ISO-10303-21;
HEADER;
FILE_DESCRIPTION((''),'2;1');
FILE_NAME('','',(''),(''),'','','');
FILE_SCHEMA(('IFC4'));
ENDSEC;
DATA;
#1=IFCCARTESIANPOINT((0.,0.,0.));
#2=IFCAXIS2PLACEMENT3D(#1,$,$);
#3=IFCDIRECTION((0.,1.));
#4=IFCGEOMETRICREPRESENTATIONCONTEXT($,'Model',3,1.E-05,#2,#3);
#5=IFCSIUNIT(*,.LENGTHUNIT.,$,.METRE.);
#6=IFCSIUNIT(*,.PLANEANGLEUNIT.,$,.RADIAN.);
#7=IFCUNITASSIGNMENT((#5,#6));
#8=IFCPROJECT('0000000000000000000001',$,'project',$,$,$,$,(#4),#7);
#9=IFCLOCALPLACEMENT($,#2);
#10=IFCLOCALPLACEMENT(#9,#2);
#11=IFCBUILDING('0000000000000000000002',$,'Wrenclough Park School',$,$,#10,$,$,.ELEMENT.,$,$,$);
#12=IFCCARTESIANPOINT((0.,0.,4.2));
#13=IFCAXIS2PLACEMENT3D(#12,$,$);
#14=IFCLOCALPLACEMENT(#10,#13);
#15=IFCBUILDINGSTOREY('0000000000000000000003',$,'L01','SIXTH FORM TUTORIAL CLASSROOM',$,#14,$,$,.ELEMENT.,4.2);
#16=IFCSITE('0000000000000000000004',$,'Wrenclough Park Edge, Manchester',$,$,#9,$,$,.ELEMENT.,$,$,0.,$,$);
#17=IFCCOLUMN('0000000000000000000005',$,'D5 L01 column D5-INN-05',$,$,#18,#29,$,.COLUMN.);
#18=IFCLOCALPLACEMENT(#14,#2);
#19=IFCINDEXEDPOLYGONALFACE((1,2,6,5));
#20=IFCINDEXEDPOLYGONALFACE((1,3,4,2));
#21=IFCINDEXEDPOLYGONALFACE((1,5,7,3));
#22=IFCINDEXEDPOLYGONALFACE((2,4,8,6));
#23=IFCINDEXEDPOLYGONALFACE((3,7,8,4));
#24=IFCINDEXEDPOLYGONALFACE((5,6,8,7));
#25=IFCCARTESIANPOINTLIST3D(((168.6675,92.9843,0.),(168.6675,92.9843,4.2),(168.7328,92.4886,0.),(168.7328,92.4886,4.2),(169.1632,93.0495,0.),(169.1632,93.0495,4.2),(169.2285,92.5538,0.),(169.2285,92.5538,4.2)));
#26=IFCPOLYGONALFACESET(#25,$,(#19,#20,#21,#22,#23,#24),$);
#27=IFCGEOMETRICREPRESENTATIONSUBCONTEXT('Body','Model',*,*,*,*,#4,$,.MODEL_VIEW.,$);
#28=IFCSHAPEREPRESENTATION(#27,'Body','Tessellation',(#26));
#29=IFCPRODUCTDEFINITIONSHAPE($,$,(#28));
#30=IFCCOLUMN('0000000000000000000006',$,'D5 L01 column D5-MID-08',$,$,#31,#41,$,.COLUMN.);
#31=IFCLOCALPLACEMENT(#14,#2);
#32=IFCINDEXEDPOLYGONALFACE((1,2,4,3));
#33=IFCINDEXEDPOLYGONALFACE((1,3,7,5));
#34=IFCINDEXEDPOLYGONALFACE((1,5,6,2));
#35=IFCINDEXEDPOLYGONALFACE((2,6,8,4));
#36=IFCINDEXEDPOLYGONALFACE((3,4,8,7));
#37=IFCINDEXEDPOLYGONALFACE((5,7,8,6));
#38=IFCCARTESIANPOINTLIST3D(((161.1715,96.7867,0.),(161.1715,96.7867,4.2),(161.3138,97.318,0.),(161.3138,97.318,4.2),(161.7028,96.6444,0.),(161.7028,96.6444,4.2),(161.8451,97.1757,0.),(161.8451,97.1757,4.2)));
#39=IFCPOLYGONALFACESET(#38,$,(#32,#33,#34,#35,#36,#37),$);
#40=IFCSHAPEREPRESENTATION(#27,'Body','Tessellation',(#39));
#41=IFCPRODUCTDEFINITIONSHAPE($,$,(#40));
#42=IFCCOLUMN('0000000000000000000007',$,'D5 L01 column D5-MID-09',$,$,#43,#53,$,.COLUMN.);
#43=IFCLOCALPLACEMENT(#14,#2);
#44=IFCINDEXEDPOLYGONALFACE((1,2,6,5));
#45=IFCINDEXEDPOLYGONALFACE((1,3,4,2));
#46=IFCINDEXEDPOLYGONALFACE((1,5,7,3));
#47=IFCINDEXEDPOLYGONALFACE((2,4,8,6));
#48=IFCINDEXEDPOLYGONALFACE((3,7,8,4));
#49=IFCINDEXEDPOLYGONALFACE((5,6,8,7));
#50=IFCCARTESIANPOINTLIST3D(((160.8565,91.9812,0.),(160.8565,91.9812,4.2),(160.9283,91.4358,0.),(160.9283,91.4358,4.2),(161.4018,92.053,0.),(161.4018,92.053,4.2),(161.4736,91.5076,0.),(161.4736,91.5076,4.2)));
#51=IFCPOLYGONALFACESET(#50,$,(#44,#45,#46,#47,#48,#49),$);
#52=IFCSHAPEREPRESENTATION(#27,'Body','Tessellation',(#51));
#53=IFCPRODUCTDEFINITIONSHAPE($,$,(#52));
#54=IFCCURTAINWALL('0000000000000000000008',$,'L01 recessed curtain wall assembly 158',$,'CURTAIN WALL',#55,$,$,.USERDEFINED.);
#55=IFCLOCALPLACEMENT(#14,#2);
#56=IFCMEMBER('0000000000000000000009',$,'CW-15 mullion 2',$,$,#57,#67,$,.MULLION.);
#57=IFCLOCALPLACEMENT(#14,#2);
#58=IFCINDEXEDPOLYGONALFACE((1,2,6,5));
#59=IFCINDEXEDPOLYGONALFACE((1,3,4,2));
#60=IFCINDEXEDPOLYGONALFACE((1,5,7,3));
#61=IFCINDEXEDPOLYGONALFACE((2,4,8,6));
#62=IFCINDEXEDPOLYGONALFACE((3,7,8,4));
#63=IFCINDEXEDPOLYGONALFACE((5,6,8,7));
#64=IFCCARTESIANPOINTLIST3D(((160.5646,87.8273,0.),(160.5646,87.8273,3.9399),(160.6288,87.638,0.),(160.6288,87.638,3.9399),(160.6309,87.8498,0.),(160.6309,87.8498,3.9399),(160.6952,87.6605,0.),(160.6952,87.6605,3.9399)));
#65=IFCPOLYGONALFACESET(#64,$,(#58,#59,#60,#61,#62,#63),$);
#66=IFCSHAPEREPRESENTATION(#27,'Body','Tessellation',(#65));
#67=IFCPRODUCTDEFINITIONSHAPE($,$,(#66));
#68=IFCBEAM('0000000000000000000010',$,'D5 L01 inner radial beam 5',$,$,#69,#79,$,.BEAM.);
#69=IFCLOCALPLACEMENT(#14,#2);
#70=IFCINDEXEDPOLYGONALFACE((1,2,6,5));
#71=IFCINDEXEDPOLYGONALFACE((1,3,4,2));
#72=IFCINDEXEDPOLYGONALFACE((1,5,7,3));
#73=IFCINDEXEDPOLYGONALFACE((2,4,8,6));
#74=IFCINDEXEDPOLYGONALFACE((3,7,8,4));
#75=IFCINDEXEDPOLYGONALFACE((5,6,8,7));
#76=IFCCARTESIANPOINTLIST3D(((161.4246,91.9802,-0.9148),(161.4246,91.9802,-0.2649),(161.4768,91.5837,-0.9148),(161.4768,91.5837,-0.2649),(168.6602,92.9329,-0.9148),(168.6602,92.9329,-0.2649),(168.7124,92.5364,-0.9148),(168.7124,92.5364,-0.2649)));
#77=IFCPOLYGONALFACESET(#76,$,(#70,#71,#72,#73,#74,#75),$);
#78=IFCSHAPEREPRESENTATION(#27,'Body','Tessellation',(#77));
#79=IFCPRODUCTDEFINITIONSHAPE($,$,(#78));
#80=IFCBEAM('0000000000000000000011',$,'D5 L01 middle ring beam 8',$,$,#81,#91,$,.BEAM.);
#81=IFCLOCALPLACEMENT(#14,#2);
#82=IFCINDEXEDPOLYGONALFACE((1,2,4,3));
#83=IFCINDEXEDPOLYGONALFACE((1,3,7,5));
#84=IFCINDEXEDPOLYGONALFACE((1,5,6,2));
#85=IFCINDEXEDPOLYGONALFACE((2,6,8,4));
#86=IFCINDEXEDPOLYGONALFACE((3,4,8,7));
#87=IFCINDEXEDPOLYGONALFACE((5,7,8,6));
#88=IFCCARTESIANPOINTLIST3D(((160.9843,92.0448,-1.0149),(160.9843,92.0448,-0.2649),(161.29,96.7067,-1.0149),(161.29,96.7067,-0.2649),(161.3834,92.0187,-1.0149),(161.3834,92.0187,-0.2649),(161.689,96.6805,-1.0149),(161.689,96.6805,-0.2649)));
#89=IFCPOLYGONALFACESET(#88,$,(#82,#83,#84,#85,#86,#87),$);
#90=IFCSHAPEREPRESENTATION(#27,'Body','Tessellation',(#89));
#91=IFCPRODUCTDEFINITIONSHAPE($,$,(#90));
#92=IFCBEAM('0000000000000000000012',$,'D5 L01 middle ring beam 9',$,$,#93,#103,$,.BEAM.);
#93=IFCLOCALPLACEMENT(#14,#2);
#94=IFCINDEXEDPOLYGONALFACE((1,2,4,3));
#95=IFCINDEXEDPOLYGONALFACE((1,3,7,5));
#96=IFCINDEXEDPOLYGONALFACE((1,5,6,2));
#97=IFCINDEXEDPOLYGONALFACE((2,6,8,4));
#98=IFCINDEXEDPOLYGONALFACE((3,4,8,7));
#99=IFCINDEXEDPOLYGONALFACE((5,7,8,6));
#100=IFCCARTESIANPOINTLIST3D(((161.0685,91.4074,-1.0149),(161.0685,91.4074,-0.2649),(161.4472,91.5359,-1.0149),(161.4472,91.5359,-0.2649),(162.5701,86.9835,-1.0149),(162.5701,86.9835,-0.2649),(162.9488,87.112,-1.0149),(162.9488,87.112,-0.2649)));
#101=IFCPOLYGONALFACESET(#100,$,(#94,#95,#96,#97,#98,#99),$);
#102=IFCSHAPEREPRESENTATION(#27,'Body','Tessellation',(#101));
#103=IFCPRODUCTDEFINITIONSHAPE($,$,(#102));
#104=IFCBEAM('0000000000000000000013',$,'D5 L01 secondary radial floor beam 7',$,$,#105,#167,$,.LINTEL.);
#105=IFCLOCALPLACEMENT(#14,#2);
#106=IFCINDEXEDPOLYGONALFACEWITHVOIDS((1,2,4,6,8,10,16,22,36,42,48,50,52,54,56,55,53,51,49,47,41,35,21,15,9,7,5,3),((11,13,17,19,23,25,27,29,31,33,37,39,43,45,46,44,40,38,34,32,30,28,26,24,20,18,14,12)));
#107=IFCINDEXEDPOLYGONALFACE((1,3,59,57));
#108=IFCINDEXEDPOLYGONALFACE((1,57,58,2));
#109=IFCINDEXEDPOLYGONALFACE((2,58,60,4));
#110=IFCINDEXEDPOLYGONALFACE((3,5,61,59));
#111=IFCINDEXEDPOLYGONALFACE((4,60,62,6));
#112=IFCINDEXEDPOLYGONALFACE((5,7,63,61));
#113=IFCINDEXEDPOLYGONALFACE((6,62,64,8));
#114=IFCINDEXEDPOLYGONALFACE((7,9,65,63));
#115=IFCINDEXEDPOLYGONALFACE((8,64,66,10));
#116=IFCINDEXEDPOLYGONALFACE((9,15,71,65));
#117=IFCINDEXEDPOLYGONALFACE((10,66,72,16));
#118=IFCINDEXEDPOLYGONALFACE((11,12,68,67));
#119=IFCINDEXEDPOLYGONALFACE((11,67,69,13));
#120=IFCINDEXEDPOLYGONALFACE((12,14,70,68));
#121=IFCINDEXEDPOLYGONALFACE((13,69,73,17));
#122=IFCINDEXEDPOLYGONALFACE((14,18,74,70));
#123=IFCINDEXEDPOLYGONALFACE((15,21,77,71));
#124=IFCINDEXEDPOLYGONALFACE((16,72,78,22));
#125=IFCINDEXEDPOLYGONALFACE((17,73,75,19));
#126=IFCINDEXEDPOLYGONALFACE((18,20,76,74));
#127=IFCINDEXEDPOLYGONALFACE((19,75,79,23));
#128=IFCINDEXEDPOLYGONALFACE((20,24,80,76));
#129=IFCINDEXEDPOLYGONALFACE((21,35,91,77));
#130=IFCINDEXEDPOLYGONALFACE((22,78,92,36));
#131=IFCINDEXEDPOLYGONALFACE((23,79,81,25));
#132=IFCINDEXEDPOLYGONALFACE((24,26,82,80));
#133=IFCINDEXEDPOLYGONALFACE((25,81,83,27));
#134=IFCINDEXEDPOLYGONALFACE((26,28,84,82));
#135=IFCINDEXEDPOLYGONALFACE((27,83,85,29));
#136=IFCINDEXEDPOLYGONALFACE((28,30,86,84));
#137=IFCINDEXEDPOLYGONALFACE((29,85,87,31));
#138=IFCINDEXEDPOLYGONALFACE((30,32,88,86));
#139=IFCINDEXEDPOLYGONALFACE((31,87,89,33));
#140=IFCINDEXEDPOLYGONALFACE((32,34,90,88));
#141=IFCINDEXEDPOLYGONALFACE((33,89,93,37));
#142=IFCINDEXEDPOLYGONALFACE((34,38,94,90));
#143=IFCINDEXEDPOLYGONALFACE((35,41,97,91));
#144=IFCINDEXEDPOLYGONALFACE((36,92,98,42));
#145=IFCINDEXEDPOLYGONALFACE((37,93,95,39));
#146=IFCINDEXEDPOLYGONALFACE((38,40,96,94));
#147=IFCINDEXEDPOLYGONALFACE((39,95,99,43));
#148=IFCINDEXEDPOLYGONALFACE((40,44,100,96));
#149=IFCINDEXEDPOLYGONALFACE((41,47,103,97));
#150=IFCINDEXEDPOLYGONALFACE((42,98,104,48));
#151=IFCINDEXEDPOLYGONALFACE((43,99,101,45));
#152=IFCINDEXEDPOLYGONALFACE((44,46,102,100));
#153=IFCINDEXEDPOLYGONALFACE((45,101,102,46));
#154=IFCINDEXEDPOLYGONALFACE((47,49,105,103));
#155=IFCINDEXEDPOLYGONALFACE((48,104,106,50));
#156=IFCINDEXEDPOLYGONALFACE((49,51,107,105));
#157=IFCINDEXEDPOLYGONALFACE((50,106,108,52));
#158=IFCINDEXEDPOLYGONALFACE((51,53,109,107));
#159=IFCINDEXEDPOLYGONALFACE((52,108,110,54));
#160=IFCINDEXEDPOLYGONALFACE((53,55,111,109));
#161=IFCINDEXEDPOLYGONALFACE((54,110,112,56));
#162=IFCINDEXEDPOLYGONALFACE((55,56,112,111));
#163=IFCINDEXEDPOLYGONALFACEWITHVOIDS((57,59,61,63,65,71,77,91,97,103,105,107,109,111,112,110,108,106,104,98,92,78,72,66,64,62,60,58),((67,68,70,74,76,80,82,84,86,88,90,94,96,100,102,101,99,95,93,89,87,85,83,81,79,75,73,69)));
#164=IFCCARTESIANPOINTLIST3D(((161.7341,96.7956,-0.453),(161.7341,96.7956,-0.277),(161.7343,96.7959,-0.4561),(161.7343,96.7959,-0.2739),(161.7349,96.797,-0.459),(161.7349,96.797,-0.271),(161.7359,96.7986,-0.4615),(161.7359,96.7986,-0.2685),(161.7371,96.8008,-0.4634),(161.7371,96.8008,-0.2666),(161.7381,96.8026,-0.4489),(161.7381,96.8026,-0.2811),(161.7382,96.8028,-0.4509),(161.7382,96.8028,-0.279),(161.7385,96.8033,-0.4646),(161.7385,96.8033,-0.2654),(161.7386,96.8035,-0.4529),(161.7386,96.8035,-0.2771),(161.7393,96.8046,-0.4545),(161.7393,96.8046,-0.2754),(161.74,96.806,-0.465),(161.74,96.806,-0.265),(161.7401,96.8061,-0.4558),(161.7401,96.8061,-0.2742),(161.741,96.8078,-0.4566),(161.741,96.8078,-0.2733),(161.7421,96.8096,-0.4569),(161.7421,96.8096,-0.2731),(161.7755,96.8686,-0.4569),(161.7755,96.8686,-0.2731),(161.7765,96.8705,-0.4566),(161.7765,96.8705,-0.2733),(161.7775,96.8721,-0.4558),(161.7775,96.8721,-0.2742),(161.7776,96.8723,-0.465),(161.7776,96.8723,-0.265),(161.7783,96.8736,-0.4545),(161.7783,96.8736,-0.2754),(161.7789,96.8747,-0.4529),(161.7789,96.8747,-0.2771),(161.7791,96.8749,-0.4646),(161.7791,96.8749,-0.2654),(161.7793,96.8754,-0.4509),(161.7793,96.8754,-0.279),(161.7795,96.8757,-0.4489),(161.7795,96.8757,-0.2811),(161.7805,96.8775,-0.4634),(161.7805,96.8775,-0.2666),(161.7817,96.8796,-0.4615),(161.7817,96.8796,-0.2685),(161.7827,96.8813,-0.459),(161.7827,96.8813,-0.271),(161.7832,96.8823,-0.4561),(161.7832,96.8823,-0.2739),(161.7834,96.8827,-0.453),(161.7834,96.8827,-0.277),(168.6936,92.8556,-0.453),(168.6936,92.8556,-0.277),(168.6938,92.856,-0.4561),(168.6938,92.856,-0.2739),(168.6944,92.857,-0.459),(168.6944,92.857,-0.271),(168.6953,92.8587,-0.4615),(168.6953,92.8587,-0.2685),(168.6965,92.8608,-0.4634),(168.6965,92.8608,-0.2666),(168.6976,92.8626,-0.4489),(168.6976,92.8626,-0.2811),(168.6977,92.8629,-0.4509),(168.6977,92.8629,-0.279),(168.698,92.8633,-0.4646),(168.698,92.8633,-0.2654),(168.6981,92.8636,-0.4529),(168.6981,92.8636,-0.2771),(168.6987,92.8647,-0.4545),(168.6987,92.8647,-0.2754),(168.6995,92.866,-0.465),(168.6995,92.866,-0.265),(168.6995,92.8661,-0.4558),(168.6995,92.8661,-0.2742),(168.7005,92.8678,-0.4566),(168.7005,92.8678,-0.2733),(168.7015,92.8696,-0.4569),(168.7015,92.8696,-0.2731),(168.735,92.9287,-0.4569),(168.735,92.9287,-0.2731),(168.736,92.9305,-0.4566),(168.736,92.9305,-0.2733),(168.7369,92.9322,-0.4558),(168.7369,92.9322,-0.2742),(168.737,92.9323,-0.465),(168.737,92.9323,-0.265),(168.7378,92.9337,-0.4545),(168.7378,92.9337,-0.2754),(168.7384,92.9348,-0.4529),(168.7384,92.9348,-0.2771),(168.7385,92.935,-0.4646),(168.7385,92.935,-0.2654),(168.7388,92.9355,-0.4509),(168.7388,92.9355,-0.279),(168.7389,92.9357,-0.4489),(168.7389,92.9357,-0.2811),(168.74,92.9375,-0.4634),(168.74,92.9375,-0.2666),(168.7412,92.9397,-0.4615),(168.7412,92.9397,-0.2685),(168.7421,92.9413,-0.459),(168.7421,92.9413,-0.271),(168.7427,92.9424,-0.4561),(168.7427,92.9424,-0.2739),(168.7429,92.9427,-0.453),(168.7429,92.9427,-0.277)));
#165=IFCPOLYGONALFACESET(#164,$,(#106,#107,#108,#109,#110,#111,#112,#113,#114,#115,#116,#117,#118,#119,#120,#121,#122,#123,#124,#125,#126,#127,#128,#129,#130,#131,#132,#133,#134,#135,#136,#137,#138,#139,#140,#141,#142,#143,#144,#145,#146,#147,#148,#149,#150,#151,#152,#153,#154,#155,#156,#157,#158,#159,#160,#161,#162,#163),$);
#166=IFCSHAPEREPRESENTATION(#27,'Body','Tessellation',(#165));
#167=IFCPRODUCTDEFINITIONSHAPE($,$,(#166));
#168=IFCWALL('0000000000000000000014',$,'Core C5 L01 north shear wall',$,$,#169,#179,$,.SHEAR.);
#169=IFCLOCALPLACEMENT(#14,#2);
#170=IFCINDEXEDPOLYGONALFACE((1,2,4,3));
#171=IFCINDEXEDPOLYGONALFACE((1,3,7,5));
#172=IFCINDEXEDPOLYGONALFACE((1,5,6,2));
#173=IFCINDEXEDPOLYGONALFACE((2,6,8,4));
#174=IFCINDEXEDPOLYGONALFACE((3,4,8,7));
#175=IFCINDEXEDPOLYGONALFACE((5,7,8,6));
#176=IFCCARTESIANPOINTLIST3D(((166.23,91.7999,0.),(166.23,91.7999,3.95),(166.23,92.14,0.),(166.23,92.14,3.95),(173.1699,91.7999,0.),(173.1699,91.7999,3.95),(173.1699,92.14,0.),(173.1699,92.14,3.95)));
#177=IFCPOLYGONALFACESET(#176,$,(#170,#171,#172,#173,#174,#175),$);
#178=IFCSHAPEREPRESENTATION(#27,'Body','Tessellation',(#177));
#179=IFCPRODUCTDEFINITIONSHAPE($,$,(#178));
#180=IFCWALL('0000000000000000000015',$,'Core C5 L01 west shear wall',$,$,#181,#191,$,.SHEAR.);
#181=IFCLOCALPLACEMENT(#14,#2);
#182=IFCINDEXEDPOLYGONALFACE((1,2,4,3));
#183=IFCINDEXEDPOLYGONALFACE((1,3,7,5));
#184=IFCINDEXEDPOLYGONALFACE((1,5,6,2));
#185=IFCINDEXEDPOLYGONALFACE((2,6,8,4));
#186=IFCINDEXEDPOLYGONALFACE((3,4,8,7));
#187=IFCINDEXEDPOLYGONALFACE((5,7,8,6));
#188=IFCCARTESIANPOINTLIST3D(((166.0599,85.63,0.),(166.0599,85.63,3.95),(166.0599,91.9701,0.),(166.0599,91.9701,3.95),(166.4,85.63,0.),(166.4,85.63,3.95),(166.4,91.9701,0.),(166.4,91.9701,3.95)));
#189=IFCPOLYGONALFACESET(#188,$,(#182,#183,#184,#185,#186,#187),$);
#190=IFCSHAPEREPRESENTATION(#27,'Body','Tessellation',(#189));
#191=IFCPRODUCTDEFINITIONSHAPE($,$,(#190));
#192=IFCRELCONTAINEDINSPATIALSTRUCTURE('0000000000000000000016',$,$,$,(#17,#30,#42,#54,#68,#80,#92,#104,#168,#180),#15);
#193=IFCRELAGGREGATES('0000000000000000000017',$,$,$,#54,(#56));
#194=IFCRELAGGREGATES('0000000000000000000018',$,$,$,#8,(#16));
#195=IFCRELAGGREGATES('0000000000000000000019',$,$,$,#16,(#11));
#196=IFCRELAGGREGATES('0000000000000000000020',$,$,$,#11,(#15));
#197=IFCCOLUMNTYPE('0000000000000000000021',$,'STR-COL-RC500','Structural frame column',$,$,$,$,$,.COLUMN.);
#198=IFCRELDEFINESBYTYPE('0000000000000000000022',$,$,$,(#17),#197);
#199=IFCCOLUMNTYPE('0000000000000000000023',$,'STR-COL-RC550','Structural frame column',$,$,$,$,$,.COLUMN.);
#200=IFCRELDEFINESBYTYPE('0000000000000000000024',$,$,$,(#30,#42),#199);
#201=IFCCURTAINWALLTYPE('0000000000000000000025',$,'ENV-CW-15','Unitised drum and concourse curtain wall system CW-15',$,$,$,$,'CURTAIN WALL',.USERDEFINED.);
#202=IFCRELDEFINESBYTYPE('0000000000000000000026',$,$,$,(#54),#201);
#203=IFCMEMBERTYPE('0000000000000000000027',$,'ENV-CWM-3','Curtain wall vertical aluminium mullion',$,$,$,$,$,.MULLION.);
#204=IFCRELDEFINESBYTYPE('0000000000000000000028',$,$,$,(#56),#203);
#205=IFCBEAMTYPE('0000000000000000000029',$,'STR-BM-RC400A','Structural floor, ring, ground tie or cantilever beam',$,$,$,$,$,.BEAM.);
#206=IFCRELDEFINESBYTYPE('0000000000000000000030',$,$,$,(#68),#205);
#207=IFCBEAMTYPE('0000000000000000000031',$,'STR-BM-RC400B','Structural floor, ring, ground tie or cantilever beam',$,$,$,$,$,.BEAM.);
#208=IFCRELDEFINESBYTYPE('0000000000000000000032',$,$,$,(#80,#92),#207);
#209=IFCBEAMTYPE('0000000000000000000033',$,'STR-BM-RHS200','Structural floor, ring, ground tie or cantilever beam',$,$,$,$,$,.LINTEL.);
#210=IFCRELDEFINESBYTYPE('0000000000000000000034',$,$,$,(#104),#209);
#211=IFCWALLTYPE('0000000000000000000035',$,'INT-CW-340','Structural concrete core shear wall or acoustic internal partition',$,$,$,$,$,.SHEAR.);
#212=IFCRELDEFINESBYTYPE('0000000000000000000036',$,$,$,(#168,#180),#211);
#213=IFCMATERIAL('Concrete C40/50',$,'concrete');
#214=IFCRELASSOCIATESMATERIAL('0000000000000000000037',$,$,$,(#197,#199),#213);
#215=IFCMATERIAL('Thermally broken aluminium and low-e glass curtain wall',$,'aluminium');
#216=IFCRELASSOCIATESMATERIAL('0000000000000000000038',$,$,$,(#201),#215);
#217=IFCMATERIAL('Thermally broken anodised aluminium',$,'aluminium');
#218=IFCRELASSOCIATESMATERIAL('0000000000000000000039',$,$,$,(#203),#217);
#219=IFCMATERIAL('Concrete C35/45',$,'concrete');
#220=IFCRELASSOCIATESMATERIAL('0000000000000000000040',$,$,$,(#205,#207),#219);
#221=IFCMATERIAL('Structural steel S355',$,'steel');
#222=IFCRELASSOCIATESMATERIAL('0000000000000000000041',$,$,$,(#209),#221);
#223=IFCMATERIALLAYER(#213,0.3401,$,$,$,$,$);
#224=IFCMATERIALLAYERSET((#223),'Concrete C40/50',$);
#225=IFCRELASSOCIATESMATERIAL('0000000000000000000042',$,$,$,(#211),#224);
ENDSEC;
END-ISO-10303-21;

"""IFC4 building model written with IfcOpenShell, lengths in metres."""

from ifc_helpers import new_model, si_unit, direction, frame, frame_2d, origin, origin_2d, place, context, subcontext, project, spatial, rectangle, hollow_rectangle, extrude, material, layer, layer_set, material_profile, profile_set, type_object, element, aggregate, save


model = new_model("IFC4")

# Units and contexts
model_context = context("Model", 3, precision=1e-05, world=origin(), true_north=direction((0.0, 1.0)))
body_context = subcontext(model_context, "Body", "Model", "MODEL_VIEW")
ifc_project = project(units=[si_unit("LENGTHUNIT", "METRE"), si_unit("PLANEANGLEUNIT", "RADIAN")], contexts=[model_context])

# Site, building, storey
site_placement = place(None, origin())
site = spatial("IfcSite", under=ifc_project, at=site_placement, Name="Wrenclough Park Edge, Manchester", CompositionType="ELEMENT", RefElevation=0.0)
building_placement = place(site_placement, origin())
building = spatial("IfcBuilding", under=site, at=building_placement, Name="Wrenclough Park School", CompositionType="ELEMENT")
storey_placement = place(building_placement, frame((0.0, 0.0, 4.2)))
storey = spatial("IfcBuildingStorey", under=building, at=storey_placement, Name="L01", Description="SIXTH FORM TUTORIAL CLASSROOM", CompositionType="ELEMENT", Elevation=4.2)

# Columns
ifc_material_1 = material(Name="Concrete C40/50", Category="concrete")
ifc_material_profile_1 = material_profile(ifc_material_1, rectangle(XDim=0.5, YDim=0.5, at=origin_2d()), Name="RC COL 500x500")
ifc_profile_set_1 = profile_set([ifc_material_profile_1], Name="Concrete C40/50")
column_type_1 = type_object("IfcColumnType", Name="STR-COL-RC500", Description="Structural frame column", PredefinedType="COLUMN", material=ifc_profile_set_1)
column_placement = place(storey_placement, frame((168.948, 92.769, 0.0), z_axis=(0.0, 0.0, 1.0), x_axis=(-0.991445, -0.130526, 0.0)))
element("IfcColumn", 1, at=column_placement, inside=storey, type_object=column_type_1, Name="D5 L01 column D5-INN-05", PredefinedType="COLUMN", context=body_context, shape_type="SweptSolid", body=[
    extrude(rectangle(XDim=0.5, YDim=0.5, at=origin_2d()), origin(), (0.0, 0.0, 1.0), 4.2),
])
ifc_material_profile_2 = material_profile(ifc_material_1, rectangle(XDim=0.55, YDim=0.55, at=origin_2d()), Name="RC COL 550x550")
ifc_profile_set_2 = profile_set([ifc_material_profile_2], Name="Concrete C40/50")
column_type_2 = type_object("IfcColumnType", Name="STR-COL-RC550", Description="Structural frame column", PredefinedType="COLUMN", material=ifc_profile_set_2)
for number, where, z_axis, x_axis, name in (
    (2, (161.5083, 96.9812, 0.0), (0.0, 0.0, 1.0), (-0.258819, -0.965926, 0.0), "D5 L01 column D5-MID-08"),
    (3, (161.165, 91.7444, 0.0), (0.0, 0.0, 1.0), (0.130526, -0.991445, 0.0), "D5 L01 column D5-MID-09"),
):
    element("IfcColumn", number, at=place(storey_placement, frame(where, z_axis=z_axis, x_axis=x_axis)), inside=storey, type_object=column_type_2, Name=name, PredefinedType="COLUMN", context=body_context, shape_type="SweptSolid", body=[
        extrude(rectangle(XDim=0.55, YDim=0.55, at=origin_2d()), origin(), (0.0, 0.0, 1.0), 4.2),
    ])

# Curtain wall, member
ifc_material_2 = material(Name="Thermally broken aluminium and low-e glass curtain wall", Category="aluminium")
curtain_wall_type = type_object("IfcCurtainWallType", Name="ENV-CW-15", Description="Unitised drum and concourse curtain wall system CW-15", ElementType="CURTAIN WALL", PredefinedType="USERDEFINED", material=ifc_material_2)
curtain_wall_placement = place(storey_placement, origin())
curtain_wall = element("IfcCurtainWall", 4, at=curtain_wall_placement, inside=storey, type_object=curtain_wall_type, Name="L01 recessed curtain wall assembly 158", ObjectType="CURTAIN WALL", PredefinedType="USERDEFINED")
ifc_material_3 = material(Name="Thermally broken anodised aluminium", Category="aluminium")
ifc_material_profile_3 = material_profile(ifc_material_3, rectangle(XDim=0.0701, YDim=0.2, at=origin_2d()), Name="AL MULLION 70x200")
ifc_profile_set_3 = profile_set([ifc_material_profile_3], Name="Thermally broken anodised aluminium")
member_type = type_object("IfcMemberType", Name="ENV-CWM-3", Description="Curtain wall vertical aluminium mullion", PredefinedType="MULLION", material=ifc_profile_set_3)
member_placement = place(storey_placement, frame((160.6299, 87.7439, 0.0), z_axis=(0.0, 0.0, 1.0), x_axis=(-0.946934, -0.321429, 0.0)))
member = element("IfcMember", 5, at=member_placement, type_object=member_type, Name="CW-15 mullion 2", PredefinedType="MULLION", context=body_context, shape_type="SweptSolid", body=[
    extrude(rectangle(XDim=0.0701, YDim=0.2, at=origin_2d()), origin(), (0.0, 0.0, 1.0), 3.9399),
])
aggregate(curtain_wall, [member])

# Beams
ifc_material_4 = material(Name="Concrete C35/45", Category="concrete")
ifc_material_profile_4 = material_profile(ifc_material_4, rectangle(XDim=0.3999, YDim=0.6499, at=origin_2d()), Name="RC BEAM 400x650")
ifc_profile_set_4 = profile_set([ifc_material_profile_4], Name="Concrete C35/45")
beam_type_1 = type_object("IfcBeamType", Name="STR-BM-RC400A", Description="Structural floor, ring, ground tie or cantilever beam", PredefinedType="BEAM", material=ifc_profile_set_4)
beam_1_placement = place(storey_placement, frame((161.4507, 91.782, -0.5898), z_axis=(0.991444, 0.130533, 0.0), x_axis=(-0.130533, 0.991444, 0.0)))
element("IfcBeam", 6, at=beam_1_placement, inside=storey, type_object=beam_type_1, Name="D5 L01 inner radial beam 5", PredefinedType="BEAM", context=body_context, shape_type="SweptSolid", body=[
    extrude(rectangle(XDim=0.3999, YDim=0.6499, at=origin_2d()), origin(), (0.0, 0.0, 1.0), 7.2981),
])
ifc_material_profile_5 = material_profile(ifc_material_4, rectangle(XDim=0.3999, YDim=0.75, at=origin_2d()), Name="RC BEAM 400x750")
ifc_profile_set_5 = profile_set([ifc_material_profile_5], Name="Concrete C35/45")
beam_type_2 = type_object("IfcBeamType", Name="STR-BM-RC400B", Description="Structural floor, ring, ground tie or cantilever beam", PredefinedType="BEAM", material=ifc_profile_set_5)
for number, where, z_axis, x_axis, name in (
    (7, (161.4895, 96.6936, -0.6399), (-0.065426, -0.997857, 0.0), (0.997857, -0.065426, 0.0), "D5 L01 middle ring beam 8"),
    (8, (161.2578, 91.4717, -0.6399), (0.321428, -0.946934, 0.0), (0.946934, 0.321428, 0.0), "D5 L01 middle ring beam 9"),
):
    element("IfcBeam", number, at=place(storey_placement, frame(where, z_axis=z_axis, x_axis=x_axis)), inside=storey, type_object=beam_type_2, Name=name, PredefinedType="BEAM", context=body_context, shape_type="SweptSolid", body=[
        extrude(rectangle(XDim=0.3999, YDim=0.75, at=origin_2d()), origin(), (0.0, 0.0, 1.0), 4.6719),
    ])
ifc_material_5 = material(Name="Structural steel S355", Category="steel")
ifc_material_profile_6 = material_profile(ifc_material_5, hollow_rectangle(XDim=0.1001, YDim=0.2, WallThickness=0.0081, InnerFilletRadius=0.0081, OuterFilletRadius=0.012, at=origin_2d()), Name="RHS 200x100x8.0")
ifc_profile_set_6 = profile_set([ifc_material_profile_6], Name="Structural steel S355")
beam_type_3 = type_object("IfcBeamType", Name="STR-BM-RHS200", Description="Structural floor, ring, ground tie or cantilever beam", PredefinedType="LINTEL", material=ifc_profile_set_6)
beam_2_placement = place(storey_placement, frame((161.7588, 96.8391, -0.365), z_axis=(0.870224, -0.492657, 0.0), x_axis=(0.492657, 0.870224, 0.0)))
element("IfcBeam", 9, at=beam_2_placement, inside=storey, type_object=beam_type_3, Name="D5 L01 secondary radial floor beam 7", PredefinedType="LINTEL", context=body_context, shape_type="SweptSolid", body=[
    extrude(hollow_rectangle(XDim=0.1001, YDim=0.2, WallThickness=0.0081, InnerFilletRadius=0.0081, OuterFilletRadius=0.012, at=origin_2d()), origin(), (0.0, 0.0, 1.0), 7.9973),
])

# Walls
ifc_layer_1 = layer(ifc_material_1, 0.3401)
ifc_layer_set_1 = layer_set([ifc_layer_1], Name="Concrete C40/50")
wall_type_1 = type_object("IfcWallType", Name="INT-CW-340", Description="Structural concrete core shear wall or acoustic internal partition", PredefinedType="SHEAR", material=ifc_layer_set_1)
wall_1_placement = place(storey_placement, frame((173.1699, 91.97, 0.0), z_axis=(0.0, 0.0, 1.0), x_axis=(-1.0, 0.0, 0.0)))
element("IfcWall", 10, at=wall_1_placement, inside=storey, type_object=wall_type_1, Name="Core C5 L01 north shear wall", PredefinedType="SHEAR", context=body_context, shape_type="SweptSolid", body=[
    extrude(rectangle(XDim=6.9399, YDim=0.3401, at=frame_2d((3.47, 0.0))), origin(), (0.0, 0.0, 1.0), 3.95),
])
wall_2_placement = place(storey_placement, frame((166.23, 91.97, 0.0), z_axis=(0.0, 0.0, 1.0), x_axis=(0.0, -1.0, 0.0)))
element("IfcWall", 11, at=wall_2_placement, inside=storey, type_object=wall_type_1, Name="Core C5 L01 west shear wall", PredefinedType="SHEAR", context=body_context, shape_type="SweptSolid", body=[
    extrude(rectangle(XDim=6.3401, YDim=0.3401, at=frame_2d((3.1699, 0.0))), origin(), (0.0, 0.0, 1.0), 3.95),
])

save(model, "model.ifc")
